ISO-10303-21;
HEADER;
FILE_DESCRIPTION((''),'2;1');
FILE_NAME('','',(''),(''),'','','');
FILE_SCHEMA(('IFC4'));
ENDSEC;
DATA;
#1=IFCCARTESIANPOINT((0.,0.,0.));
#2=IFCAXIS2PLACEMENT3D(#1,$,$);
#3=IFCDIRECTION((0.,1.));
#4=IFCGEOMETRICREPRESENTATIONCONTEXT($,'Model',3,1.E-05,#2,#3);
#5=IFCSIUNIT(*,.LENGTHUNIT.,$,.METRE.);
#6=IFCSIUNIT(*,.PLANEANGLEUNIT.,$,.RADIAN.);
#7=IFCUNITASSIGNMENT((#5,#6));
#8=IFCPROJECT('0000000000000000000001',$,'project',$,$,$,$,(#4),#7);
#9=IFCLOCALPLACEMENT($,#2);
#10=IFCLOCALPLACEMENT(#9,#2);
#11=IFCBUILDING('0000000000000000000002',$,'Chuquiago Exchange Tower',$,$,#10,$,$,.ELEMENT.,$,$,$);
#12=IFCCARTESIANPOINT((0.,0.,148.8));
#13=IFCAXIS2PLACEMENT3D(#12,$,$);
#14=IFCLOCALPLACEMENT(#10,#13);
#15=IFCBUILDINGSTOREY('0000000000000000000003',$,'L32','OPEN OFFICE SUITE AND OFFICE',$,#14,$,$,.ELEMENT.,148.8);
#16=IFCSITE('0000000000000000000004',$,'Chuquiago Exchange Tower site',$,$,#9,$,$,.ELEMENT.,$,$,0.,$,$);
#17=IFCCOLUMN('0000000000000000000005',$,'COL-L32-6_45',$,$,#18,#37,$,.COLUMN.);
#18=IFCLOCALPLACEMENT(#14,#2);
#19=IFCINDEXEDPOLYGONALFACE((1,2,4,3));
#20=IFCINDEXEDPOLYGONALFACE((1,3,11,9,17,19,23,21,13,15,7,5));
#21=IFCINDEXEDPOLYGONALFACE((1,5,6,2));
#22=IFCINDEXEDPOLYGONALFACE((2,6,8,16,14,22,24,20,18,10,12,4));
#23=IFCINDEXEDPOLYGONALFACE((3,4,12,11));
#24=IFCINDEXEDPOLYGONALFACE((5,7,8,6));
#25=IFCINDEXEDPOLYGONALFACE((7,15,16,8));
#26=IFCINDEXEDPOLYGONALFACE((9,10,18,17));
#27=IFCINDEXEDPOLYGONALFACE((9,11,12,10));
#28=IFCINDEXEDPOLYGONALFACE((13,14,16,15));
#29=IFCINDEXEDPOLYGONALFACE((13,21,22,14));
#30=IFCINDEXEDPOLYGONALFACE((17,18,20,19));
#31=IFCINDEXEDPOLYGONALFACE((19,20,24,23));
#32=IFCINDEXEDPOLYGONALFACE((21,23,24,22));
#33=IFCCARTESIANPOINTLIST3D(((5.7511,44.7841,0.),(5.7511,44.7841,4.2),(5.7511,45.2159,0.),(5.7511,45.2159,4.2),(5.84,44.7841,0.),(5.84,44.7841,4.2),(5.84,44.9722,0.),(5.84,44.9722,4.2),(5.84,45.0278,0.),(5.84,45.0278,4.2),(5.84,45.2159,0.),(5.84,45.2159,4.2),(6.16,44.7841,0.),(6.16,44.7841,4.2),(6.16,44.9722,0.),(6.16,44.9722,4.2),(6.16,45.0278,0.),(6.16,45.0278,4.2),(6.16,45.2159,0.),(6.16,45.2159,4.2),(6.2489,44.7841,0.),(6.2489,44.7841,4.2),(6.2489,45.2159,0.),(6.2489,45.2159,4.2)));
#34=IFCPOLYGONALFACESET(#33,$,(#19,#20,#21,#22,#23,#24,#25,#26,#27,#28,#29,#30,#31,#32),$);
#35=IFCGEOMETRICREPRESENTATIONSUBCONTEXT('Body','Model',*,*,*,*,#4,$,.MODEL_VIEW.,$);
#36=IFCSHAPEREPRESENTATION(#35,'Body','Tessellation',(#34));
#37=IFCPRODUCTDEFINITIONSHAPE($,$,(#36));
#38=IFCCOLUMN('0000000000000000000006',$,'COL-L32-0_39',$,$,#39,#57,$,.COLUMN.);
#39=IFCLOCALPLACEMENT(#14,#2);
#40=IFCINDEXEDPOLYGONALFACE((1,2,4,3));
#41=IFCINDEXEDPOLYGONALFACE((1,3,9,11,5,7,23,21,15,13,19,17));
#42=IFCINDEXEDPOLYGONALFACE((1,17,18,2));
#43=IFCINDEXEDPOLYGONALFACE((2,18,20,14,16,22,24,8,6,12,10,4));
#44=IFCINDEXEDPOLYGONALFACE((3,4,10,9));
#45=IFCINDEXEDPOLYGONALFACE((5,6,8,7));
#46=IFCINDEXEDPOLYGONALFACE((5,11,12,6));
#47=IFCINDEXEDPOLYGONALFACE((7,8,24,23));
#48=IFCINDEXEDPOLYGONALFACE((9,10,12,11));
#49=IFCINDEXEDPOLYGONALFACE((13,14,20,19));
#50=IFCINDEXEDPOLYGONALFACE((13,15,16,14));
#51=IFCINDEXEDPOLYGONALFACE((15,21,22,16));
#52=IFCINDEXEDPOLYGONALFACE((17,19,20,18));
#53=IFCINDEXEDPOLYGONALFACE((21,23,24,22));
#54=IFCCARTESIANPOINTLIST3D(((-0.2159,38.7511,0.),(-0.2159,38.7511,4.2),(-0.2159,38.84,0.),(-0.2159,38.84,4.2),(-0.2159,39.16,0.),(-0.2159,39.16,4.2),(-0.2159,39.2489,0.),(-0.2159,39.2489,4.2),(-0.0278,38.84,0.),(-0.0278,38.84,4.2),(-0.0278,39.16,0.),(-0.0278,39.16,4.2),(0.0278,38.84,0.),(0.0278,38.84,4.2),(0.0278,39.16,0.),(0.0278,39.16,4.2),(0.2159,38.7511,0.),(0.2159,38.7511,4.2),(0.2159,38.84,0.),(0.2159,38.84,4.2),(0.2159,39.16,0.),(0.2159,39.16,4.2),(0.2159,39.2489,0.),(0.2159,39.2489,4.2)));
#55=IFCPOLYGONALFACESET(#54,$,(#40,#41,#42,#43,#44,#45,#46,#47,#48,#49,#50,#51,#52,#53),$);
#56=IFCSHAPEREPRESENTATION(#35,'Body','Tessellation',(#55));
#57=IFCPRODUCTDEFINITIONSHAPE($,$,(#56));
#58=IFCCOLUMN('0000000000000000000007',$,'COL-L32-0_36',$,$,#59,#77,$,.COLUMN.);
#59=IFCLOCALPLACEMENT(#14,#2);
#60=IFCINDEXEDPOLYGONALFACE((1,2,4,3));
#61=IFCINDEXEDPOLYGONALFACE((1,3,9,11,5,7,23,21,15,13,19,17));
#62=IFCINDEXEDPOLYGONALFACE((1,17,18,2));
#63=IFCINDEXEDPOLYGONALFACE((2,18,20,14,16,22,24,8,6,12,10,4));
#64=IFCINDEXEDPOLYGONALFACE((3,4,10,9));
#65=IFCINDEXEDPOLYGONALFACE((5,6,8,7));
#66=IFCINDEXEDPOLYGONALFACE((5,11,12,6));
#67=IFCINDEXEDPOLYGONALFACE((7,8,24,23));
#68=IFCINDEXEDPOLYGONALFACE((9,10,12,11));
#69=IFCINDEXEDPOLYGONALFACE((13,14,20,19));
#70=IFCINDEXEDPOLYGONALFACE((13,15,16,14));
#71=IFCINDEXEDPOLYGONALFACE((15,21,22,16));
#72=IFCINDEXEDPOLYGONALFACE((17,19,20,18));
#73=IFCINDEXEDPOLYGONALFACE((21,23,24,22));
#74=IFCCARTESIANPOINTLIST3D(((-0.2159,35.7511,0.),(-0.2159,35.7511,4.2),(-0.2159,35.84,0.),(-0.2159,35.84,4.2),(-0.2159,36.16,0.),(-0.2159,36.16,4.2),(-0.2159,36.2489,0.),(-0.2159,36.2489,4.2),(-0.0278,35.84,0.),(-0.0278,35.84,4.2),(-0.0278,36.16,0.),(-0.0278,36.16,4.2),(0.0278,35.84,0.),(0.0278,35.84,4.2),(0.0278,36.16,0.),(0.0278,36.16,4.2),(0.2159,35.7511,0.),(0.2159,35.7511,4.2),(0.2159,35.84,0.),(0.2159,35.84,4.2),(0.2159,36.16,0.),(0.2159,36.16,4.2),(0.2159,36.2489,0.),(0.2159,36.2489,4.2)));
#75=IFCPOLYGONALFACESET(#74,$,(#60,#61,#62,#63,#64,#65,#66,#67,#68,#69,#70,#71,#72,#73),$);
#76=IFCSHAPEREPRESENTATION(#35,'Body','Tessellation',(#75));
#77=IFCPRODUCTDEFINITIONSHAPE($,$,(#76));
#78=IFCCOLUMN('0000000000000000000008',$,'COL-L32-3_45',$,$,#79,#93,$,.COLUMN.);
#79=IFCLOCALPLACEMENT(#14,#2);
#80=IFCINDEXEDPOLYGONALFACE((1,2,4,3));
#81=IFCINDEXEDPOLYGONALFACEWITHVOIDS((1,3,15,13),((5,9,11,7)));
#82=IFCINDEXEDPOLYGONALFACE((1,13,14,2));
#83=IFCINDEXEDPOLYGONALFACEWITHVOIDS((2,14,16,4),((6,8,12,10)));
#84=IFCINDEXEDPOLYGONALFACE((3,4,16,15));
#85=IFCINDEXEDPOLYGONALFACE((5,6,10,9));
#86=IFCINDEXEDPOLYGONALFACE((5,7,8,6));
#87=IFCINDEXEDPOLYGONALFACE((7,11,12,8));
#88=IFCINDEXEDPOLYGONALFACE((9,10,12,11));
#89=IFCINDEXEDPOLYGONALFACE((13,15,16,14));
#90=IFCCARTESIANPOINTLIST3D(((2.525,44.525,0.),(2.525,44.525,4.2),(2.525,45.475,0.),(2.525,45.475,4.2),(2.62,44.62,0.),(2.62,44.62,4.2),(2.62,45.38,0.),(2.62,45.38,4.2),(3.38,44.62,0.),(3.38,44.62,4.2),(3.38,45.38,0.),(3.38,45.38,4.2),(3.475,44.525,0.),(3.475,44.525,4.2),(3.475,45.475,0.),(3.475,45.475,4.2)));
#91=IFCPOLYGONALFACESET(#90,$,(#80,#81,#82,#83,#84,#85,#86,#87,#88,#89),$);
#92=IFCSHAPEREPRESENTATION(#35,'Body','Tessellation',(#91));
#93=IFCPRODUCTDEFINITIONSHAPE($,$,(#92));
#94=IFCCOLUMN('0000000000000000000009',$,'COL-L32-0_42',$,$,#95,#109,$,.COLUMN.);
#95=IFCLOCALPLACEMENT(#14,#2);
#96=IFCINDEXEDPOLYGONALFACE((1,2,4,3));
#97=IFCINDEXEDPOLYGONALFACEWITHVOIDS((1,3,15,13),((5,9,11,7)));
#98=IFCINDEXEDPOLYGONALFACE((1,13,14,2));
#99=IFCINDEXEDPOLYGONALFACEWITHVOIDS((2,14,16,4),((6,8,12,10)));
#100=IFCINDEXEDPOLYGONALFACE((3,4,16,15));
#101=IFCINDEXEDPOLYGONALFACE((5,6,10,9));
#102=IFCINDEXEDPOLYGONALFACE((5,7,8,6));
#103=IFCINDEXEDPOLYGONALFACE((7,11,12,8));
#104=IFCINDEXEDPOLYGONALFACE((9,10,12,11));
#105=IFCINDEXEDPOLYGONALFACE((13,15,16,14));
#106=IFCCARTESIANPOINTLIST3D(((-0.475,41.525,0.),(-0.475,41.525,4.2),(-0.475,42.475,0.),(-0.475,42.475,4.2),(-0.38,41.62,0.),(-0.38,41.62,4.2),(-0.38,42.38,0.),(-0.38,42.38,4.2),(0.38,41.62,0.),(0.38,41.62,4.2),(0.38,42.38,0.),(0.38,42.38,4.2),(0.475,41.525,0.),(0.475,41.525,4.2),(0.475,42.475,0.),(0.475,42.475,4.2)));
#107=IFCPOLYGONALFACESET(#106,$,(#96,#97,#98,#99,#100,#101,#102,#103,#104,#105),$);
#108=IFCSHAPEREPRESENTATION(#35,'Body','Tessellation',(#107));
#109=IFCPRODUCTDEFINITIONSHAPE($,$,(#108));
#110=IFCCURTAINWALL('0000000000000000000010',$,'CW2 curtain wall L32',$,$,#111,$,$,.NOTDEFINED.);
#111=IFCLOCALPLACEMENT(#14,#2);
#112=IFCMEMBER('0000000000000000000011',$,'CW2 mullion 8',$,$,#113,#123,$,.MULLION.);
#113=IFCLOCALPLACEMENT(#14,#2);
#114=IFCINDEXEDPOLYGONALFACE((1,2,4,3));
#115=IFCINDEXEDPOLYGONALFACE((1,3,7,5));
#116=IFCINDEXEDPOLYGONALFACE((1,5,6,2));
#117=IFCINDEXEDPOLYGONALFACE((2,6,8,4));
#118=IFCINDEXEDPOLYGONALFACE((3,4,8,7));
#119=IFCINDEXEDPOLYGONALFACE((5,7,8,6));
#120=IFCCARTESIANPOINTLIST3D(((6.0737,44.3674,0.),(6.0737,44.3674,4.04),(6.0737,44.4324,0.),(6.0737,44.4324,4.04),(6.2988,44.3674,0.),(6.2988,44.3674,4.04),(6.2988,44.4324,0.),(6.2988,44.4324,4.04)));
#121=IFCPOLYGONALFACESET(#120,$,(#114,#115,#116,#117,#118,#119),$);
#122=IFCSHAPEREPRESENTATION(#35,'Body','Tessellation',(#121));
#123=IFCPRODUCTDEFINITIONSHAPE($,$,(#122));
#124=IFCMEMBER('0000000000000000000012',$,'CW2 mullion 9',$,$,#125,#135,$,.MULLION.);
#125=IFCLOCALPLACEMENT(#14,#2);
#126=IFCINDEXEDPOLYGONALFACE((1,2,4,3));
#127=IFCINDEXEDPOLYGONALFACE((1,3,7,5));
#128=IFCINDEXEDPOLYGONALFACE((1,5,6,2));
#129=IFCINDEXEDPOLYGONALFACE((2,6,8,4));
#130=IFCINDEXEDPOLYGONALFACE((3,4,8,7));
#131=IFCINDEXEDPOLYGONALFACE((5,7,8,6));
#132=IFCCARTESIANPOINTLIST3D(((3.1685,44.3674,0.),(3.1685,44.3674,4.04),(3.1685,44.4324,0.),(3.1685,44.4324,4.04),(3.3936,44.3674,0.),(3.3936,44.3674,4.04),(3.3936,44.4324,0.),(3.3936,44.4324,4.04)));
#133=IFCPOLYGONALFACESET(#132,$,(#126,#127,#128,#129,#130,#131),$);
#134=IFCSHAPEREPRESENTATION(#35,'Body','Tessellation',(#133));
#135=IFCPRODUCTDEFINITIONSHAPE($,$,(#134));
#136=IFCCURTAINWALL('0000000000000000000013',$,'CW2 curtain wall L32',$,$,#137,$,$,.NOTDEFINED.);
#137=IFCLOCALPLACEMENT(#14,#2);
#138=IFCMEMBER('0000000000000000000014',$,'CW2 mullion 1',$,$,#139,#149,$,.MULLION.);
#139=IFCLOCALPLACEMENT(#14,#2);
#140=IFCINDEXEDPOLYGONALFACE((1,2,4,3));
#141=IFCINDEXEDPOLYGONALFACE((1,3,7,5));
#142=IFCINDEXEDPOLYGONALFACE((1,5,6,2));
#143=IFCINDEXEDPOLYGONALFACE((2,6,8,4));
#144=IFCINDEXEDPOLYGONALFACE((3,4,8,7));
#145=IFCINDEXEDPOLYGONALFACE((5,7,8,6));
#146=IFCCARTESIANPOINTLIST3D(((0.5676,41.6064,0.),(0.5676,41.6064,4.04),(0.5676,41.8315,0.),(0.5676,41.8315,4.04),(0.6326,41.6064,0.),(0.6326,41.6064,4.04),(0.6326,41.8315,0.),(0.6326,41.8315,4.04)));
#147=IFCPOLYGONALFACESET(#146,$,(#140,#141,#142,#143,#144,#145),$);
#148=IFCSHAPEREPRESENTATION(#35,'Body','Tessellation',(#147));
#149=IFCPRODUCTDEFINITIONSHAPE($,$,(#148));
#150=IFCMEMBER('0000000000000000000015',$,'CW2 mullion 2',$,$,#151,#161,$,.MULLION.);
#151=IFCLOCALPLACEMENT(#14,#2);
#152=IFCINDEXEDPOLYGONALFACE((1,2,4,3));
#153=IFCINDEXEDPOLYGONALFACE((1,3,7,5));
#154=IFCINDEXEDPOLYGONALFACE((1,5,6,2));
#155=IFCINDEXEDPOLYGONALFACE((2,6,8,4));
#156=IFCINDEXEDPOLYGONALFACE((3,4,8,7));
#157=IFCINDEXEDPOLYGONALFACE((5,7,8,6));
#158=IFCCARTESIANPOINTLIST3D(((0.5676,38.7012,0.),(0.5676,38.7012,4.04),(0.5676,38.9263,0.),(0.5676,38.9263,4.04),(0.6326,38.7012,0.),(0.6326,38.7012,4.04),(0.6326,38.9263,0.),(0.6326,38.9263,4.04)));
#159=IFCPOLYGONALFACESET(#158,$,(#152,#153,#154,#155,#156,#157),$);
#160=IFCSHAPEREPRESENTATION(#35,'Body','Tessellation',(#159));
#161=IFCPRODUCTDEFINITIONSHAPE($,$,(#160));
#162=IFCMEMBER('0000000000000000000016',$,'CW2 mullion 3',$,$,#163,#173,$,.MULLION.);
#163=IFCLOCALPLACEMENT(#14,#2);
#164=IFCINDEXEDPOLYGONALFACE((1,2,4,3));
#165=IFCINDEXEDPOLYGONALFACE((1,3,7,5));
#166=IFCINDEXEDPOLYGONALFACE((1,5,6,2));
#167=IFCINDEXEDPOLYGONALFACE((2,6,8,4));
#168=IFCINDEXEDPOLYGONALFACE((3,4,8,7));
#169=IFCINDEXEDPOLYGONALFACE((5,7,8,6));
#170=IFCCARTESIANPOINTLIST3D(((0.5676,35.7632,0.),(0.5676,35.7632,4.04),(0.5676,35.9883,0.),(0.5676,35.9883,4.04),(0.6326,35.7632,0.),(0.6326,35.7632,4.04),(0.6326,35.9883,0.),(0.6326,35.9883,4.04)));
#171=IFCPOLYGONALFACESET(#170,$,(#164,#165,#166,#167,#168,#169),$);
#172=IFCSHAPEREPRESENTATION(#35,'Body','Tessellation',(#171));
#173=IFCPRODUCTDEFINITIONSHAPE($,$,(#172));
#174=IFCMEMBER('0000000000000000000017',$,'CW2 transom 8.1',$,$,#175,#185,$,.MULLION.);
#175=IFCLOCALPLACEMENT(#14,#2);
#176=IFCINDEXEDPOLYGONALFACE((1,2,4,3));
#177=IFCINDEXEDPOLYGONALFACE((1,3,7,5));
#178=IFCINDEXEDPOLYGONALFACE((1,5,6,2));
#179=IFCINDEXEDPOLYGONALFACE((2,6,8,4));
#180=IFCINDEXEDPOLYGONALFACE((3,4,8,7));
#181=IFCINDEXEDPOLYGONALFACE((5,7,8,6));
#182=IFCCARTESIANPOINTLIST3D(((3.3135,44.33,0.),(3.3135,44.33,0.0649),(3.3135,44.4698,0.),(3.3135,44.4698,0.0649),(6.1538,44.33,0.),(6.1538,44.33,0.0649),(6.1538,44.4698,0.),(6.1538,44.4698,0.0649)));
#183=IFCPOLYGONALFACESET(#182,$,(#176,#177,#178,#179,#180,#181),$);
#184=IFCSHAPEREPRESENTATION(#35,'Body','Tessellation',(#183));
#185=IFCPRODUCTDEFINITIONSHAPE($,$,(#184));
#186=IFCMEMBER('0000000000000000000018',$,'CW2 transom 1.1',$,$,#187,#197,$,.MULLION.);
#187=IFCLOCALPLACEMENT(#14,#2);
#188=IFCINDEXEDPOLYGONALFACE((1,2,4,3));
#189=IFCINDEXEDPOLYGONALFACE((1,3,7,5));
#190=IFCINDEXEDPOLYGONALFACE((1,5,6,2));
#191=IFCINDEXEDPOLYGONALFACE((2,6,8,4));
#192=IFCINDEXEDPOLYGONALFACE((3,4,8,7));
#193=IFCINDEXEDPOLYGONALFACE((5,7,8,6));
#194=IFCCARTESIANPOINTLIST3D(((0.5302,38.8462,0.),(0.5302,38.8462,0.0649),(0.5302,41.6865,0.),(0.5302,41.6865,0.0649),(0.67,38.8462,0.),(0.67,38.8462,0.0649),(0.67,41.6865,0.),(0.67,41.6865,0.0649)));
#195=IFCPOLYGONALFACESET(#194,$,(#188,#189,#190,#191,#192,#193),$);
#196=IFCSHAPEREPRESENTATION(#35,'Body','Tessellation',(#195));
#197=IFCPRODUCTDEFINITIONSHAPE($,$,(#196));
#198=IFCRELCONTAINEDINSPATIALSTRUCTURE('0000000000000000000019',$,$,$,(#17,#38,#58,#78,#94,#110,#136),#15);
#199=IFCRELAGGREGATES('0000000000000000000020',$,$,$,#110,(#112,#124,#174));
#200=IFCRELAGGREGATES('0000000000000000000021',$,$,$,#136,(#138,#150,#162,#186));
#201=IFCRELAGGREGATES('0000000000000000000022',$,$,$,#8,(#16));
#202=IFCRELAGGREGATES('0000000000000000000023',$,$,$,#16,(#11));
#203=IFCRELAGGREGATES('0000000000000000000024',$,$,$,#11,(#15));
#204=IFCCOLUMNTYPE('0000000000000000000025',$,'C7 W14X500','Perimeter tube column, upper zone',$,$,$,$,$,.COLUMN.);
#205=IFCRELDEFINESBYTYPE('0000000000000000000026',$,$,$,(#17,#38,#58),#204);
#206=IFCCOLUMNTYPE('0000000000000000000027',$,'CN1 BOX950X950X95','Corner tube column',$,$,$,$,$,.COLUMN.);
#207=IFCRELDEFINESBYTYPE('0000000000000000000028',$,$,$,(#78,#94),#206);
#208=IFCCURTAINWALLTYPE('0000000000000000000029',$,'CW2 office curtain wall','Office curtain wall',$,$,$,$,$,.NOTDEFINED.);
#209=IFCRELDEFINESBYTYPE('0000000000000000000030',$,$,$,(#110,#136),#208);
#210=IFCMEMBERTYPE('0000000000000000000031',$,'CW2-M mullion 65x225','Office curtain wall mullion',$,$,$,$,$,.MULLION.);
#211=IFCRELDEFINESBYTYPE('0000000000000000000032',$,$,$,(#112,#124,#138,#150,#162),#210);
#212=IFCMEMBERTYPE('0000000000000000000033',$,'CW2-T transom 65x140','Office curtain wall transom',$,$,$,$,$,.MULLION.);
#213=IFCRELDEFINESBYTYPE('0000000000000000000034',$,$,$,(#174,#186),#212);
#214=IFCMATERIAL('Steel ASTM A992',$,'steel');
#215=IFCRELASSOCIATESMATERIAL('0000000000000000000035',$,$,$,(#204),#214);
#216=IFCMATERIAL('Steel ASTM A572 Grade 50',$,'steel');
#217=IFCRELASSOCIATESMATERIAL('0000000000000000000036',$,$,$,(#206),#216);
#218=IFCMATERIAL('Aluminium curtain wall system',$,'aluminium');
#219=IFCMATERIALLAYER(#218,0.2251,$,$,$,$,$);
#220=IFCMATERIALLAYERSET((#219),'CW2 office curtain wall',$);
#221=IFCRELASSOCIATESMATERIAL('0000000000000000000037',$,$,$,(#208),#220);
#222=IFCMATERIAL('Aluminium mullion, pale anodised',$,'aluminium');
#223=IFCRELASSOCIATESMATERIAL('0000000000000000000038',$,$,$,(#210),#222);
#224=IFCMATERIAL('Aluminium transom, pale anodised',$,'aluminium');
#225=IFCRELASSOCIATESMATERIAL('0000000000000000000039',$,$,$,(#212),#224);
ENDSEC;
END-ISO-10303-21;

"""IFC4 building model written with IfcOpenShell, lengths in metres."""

from ifc_helpers import new_model, si_unit, direction, frame, origin, origin_2d, place, context, subcontext, project, spatial, rectangle, hollow_rectangle, i_section, extrude, material, layer, layer_set, material_profile, profile_set, type_object, element, aggregate, save


model = new_model("IFC4")

# Units and contexts
model_context = context("Model", 3, precision=1e-05, world=origin(), true_north=direction((0.0, 1.0)))
body_context = subcontext(model_context, "Body", "Model", "MODEL_VIEW")
ifc_project = project(units=[si_unit("LENGTHUNIT", "METRE"), si_unit("PLANEANGLEUNIT", "RADIAN")], contexts=[model_context])

# Site, building, storey
site_placement = place(None, origin())
site = spatial("IfcSite", under=ifc_project, at=site_placement, Name="Chuquiago Exchange Tower site", CompositionType="ELEMENT", RefElevation=0.0)
building_placement = place(site_placement, origin())
building = spatial("IfcBuilding", under=site, at=building_placement, Name="Chuquiago Exchange Tower", CompositionType="ELEMENT")
storey_placement = place(building_placement, frame((0.0, 0.0, 148.8)))
storey = spatial("IfcBuildingStorey", under=building, at=storey_placement, Name="L32", Description="OPEN OFFICE SUITE AND OFFICE", CompositionType="ELEMENT", Elevation=148.8)

# Columns
ifc_material_1 = material(Name="Steel ASTM A992", Category="steel")
ifc_material_profile_1 = material_profile(ifc_material_1, i_section(OverallWidth=0.4319, OverallDepth=0.4978, WebThickness=0.0557, FlangeThickness=0.0889, at=origin_2d()), Name="W14X500")
ifc_profile_set_1 = profile_set([ifc_material_profile_1], Name="Steel ASTM A992")
column_type_1 = type_object("IfcColumnType", Name="C7 W14X500", Description="Perimeter tube column, upper zone", PredefinedType="COLUMN", material=ifc_profile_set_1)
for number, where, z_axis, x_axis, name in (
    (1, (6.0, 45.0, 0.0), (0.0, 0.0, 1.0), (0.0, 1.0, 0.0), "COL-L32-6_45"),
    (2, (0.0, 39.0, 0.0), (0.0, 0.0, 1.0), (-1.0, 0.0, 0.0), "COL-L32-0_39"),
    (3, (0.0, 36.0, 0.0), (0.0, 0.0, 1.0), (-1.0, 0.0, 0.0), "COL-L32-0_36"),
):
    element("IfcColumn", number, at=place(storey_placement, frame(where, z_axis=z_axis, x_axis=x_axis)), inside=storey, type_object=column_type_1, Name=name, PredefinedType="COLUMN", context=body_context, shape_type="SweptSolid", body=[
        extrude(i_section(OverallWidth=0.4319, OverallDepth=0.4978, WebThickness=0.0557, FlangeThickness=0.0889, at=origin_2d()), origin(), (0.0, 0.0, 1.0), 4.2),
    ])
ifc_material_2 = material(Name="Steel ASTM A572 Grade 50", Category="steel")
ifc_material_profile_2 = material_profile(ifc_material_2, hollow_rectangle(XDim=0.95, YDim=0.95, WallThickness=0.095, at=origin_2d()), Name="BOX950X950X95")
ifc_profile_set_2 = profile_set([ifc_material_profile_2], Name="Steel ASTM A572 Grade 50")
column_type_2 = type_object("IfcColumnType", Name="CN1 BOX950X950X95", Description="Corner tube column", PredefinedType="COLUMN", material=ifc_profile_set_2)
for number, where, z_axis, x_axis, name in (
    (4, (3.0, 45.0, 0.0), (0.0, 0.0, 1.0), (0.0, 1.0, 0.0), "COL-L32-3_45"),
    (5, (0.0, 42.0, 0.0), (0.0, 0.0, 1.0), (-1.0, 0.0, 0.0), "COL-L32-0_42"),
):
    element("IfcColumn", number, at=place(storey_placement, frame(where, z_axis=z_axis, x_axis=x_axis)), inside=storey, type_object=column_type_2, Name=name, PredefinedType="COLUMN", context=body_context, shape_type="SweptSolid", body=[
        extrude(hollow_rectangle(XDim=0.95, YDim=0.95, WallThickness=0.095, at=origin_2d()), origin(), (0.0, 0.0, 1.0), 4.2),
    ])

# Curtain walls, members
ifc_material_3 = material(Name="Aluminium curtain wall system", Category="aluminium")
ifc_layer_1 = layer(ifc_material_3, 0.2251)
ifc_layer_set_1 = layer_set([ifc_layer_1], Name="CW2 office curtain wall")
curtain_wall_type_1 = type_object("IfcCurtainWallType", Name="CW2 office curtain wall", Description="Office curtain wall", PredefinedType="NOTDEFINED", material=ifc_layer_set_1)
curtain_wall_1_placement = place(storey_placement, origin())
curtain_wall_1 = element("IfcCurtainWall", 6, at=curtain_wall_1_placement, inside=storey, type_object=curtain_wall_type_1, Name="CW2 curtain wall L32", PredefinedType="NOTDEFINED")
ifc_material_4 = material(Name="Aluminium mullion, pale anodised", Category="aluminium")
ifc_material_profile_3 = material_profile(ifc_material_4, rectangle(XDim=0.0649, YDim=0.2251, at=origin_2d()), Name="AL 65x225")
ifc_profile_set_3 = profile_set([ifc_material_profile_3], Name="Aluminium mullion, pale anodised")
member_type_1 = type_object("IfcMemberType", Name="CW2-M mullion 65x225", Description="Office curtain wall mullion", PredefinedType="MULLION", material=ifc_profile_set_3)
member_1_placement = place(storey_placement, frame((6.1863, 44.3999, 0.0), z_axis=(0.0, 0.0, 1.0), x_axis=(0.0, -1.0, 0.0)))
member_1 = element("IfcMember", 7, at=member_1_placement, type_object=member_type_1, Name="CW2 mullion 8", PredefinedType="MULLION", context=body_context, shape_type="SweptSolid", body=[
    extrude(rectangle(XDim=0.0649, YDim=0.2251, at=origin_2d()), origin(), (0.0, 0.0, 1.0), 4.04),
])
member_2_placement = place(storey_placement, frame((3.281, 44.3999, 0.0), z_axis=(0.0, 0.0, 1.0), x_axis=(0.0, -1.0, 0.0)))
member_2 = element("IfcMember", 8, at=member_2_placement, type_object=member_type_1, Name="CW2 mullion 9", PredefinedType="MULLION", context=body_context, shape_type="SweptSolid", body=[
    extrude(rectangle(XDim=0.0649, YDim=0.2251, at=origin_2d()), origin(), (0.0, 0.0, 1.0), 4.04),
])
curtain_wall_2_placement = place(storey_placement, origin())
curtain_wall_2 = element("IfcCurtainWall", 9, at=curtain_wall_2_placement, inside=storey, type_object=curtain_wall_type_1, Name="CW2 curtain wall L32", PredefinedType="NOTDEFINED")
member_3_placement = place(storey_placement, frame((0.6001, 41.719, 0.0), z_axis=(0.0, 0.0, 1.0), x_axis=(1.0, 0.0, 0.0)))
member_3 = element("IfcMember", 10, at=member_3_placement, type_object=member_type_1, Name="CW2 mullion 1", PredefinedType="MULLION", context=body_context, shape_type="SweptSolid", body=[
    extrude(rectangle(XDim=0.0649, YDim=0.2251, at=origin_2d()), origin(), (0.0, 0.0, 1.0), 4.04),
])
member_4_placement = place(storey_placement, frame((0.6001, 38.8137, 0.0), z_axis=(0.0, 0.0, 1.0), x_axis=(1.0, 0.0, 0.0)))
member_4 = element("IfcMember", 11, at=member_4_placement, type_object=member_type_1, Name="CW2 mullion 2", PredefinedType="MULLION", context=body_context, shape_type="SweptSolid", body=[
    extrude(rectangle(XDim=0.0649, YDim=0.2251, at=origin_2d()), origin(), (0.0, 0.0, 1.0), 4.04),
])
member_5_placement = place(storey_placement, frame((0.6001, 35.8757, 0.0), z_axis=(0.0, 0.0, 1.0), x_axis=(1.0, 0.0, 0.0)))
member_5 = element("IfcMember", 12, at=member_5_placement, type_object=member_type_1, Name="CW2 mullion 3", PredefinedType="MULLION", context=body_context, shape_type="SweptSolid", body=[
    extrude(rectangle(XDim=0.0649, YDim=0.2251, at=origin_2d()), origin(), (0.0, 0.0, 1.0), 4.04),
])

# Members
ifc_material_5 = material(Name="Aluminium transom, pale anodised", Category="aluminium")
ifc_material_profile_4 = material_profile(ifc_material_5, rectangle(XDim=0.1399, YDim=0.0649, at=origin_2d()), Name="AL 140x65")
ifc_profile_set_4 = profile_set([ifc_material_profile_4], Name="Aluminium transom, pale anodised")
member_type_2 = type_object("IfcMemberType", Name="CW2-T transom 65x140", Description="Office curtain wall transom", PredefinedType="MULLION", material=ifc_profile_set_4)
member_6_placement = place(storey_placement, frame((6.1538, 44.3999, 0.0325), z_axis=(-1.0, 0.0, 0.0), x_axis=(0.0, -1.0, 0.0)))
member_6 = element("IfcMember", 13, at=member_6_placement, type_object=member_type_2, Name="CW2 transom 8.1", PredefinedType="MULLION", context=body_context, shape_type="SweptSolid", body=[
    extrude(rectangle(XDim=0.1399, YDim=0.0649, at=origin_2d()), origin(), (0.0, 0.0, 1.0), 2.8403),
])
member_7_placement = place(storey_placement, frame((0.6001, 41.6865, 0.0325), z_axis=(0.0, -1.0, 0.0), x_axis=(1.0, 0.0, 0.0)))
member_7 = element("IfcMember", 14, at=member_7_placement, type_object=member_type_2, Name="CW2 transom 1.1", PredefinedType="MULLION", context=body_context, shape_type="SweptSolid", body=[
    extrude(rectangle(XDim=0.1399, YDim=0.0649, at=origin_2d()), origin(), (0.0, 0.0, 1.0), 2.8403),
])

aggregate(curtain_wall_1, [member_1, member_2, member_6])
aggregate(curtain_wall_2, [member_3, member_4, member_5, member_7])

save(model, "model.ifc")
